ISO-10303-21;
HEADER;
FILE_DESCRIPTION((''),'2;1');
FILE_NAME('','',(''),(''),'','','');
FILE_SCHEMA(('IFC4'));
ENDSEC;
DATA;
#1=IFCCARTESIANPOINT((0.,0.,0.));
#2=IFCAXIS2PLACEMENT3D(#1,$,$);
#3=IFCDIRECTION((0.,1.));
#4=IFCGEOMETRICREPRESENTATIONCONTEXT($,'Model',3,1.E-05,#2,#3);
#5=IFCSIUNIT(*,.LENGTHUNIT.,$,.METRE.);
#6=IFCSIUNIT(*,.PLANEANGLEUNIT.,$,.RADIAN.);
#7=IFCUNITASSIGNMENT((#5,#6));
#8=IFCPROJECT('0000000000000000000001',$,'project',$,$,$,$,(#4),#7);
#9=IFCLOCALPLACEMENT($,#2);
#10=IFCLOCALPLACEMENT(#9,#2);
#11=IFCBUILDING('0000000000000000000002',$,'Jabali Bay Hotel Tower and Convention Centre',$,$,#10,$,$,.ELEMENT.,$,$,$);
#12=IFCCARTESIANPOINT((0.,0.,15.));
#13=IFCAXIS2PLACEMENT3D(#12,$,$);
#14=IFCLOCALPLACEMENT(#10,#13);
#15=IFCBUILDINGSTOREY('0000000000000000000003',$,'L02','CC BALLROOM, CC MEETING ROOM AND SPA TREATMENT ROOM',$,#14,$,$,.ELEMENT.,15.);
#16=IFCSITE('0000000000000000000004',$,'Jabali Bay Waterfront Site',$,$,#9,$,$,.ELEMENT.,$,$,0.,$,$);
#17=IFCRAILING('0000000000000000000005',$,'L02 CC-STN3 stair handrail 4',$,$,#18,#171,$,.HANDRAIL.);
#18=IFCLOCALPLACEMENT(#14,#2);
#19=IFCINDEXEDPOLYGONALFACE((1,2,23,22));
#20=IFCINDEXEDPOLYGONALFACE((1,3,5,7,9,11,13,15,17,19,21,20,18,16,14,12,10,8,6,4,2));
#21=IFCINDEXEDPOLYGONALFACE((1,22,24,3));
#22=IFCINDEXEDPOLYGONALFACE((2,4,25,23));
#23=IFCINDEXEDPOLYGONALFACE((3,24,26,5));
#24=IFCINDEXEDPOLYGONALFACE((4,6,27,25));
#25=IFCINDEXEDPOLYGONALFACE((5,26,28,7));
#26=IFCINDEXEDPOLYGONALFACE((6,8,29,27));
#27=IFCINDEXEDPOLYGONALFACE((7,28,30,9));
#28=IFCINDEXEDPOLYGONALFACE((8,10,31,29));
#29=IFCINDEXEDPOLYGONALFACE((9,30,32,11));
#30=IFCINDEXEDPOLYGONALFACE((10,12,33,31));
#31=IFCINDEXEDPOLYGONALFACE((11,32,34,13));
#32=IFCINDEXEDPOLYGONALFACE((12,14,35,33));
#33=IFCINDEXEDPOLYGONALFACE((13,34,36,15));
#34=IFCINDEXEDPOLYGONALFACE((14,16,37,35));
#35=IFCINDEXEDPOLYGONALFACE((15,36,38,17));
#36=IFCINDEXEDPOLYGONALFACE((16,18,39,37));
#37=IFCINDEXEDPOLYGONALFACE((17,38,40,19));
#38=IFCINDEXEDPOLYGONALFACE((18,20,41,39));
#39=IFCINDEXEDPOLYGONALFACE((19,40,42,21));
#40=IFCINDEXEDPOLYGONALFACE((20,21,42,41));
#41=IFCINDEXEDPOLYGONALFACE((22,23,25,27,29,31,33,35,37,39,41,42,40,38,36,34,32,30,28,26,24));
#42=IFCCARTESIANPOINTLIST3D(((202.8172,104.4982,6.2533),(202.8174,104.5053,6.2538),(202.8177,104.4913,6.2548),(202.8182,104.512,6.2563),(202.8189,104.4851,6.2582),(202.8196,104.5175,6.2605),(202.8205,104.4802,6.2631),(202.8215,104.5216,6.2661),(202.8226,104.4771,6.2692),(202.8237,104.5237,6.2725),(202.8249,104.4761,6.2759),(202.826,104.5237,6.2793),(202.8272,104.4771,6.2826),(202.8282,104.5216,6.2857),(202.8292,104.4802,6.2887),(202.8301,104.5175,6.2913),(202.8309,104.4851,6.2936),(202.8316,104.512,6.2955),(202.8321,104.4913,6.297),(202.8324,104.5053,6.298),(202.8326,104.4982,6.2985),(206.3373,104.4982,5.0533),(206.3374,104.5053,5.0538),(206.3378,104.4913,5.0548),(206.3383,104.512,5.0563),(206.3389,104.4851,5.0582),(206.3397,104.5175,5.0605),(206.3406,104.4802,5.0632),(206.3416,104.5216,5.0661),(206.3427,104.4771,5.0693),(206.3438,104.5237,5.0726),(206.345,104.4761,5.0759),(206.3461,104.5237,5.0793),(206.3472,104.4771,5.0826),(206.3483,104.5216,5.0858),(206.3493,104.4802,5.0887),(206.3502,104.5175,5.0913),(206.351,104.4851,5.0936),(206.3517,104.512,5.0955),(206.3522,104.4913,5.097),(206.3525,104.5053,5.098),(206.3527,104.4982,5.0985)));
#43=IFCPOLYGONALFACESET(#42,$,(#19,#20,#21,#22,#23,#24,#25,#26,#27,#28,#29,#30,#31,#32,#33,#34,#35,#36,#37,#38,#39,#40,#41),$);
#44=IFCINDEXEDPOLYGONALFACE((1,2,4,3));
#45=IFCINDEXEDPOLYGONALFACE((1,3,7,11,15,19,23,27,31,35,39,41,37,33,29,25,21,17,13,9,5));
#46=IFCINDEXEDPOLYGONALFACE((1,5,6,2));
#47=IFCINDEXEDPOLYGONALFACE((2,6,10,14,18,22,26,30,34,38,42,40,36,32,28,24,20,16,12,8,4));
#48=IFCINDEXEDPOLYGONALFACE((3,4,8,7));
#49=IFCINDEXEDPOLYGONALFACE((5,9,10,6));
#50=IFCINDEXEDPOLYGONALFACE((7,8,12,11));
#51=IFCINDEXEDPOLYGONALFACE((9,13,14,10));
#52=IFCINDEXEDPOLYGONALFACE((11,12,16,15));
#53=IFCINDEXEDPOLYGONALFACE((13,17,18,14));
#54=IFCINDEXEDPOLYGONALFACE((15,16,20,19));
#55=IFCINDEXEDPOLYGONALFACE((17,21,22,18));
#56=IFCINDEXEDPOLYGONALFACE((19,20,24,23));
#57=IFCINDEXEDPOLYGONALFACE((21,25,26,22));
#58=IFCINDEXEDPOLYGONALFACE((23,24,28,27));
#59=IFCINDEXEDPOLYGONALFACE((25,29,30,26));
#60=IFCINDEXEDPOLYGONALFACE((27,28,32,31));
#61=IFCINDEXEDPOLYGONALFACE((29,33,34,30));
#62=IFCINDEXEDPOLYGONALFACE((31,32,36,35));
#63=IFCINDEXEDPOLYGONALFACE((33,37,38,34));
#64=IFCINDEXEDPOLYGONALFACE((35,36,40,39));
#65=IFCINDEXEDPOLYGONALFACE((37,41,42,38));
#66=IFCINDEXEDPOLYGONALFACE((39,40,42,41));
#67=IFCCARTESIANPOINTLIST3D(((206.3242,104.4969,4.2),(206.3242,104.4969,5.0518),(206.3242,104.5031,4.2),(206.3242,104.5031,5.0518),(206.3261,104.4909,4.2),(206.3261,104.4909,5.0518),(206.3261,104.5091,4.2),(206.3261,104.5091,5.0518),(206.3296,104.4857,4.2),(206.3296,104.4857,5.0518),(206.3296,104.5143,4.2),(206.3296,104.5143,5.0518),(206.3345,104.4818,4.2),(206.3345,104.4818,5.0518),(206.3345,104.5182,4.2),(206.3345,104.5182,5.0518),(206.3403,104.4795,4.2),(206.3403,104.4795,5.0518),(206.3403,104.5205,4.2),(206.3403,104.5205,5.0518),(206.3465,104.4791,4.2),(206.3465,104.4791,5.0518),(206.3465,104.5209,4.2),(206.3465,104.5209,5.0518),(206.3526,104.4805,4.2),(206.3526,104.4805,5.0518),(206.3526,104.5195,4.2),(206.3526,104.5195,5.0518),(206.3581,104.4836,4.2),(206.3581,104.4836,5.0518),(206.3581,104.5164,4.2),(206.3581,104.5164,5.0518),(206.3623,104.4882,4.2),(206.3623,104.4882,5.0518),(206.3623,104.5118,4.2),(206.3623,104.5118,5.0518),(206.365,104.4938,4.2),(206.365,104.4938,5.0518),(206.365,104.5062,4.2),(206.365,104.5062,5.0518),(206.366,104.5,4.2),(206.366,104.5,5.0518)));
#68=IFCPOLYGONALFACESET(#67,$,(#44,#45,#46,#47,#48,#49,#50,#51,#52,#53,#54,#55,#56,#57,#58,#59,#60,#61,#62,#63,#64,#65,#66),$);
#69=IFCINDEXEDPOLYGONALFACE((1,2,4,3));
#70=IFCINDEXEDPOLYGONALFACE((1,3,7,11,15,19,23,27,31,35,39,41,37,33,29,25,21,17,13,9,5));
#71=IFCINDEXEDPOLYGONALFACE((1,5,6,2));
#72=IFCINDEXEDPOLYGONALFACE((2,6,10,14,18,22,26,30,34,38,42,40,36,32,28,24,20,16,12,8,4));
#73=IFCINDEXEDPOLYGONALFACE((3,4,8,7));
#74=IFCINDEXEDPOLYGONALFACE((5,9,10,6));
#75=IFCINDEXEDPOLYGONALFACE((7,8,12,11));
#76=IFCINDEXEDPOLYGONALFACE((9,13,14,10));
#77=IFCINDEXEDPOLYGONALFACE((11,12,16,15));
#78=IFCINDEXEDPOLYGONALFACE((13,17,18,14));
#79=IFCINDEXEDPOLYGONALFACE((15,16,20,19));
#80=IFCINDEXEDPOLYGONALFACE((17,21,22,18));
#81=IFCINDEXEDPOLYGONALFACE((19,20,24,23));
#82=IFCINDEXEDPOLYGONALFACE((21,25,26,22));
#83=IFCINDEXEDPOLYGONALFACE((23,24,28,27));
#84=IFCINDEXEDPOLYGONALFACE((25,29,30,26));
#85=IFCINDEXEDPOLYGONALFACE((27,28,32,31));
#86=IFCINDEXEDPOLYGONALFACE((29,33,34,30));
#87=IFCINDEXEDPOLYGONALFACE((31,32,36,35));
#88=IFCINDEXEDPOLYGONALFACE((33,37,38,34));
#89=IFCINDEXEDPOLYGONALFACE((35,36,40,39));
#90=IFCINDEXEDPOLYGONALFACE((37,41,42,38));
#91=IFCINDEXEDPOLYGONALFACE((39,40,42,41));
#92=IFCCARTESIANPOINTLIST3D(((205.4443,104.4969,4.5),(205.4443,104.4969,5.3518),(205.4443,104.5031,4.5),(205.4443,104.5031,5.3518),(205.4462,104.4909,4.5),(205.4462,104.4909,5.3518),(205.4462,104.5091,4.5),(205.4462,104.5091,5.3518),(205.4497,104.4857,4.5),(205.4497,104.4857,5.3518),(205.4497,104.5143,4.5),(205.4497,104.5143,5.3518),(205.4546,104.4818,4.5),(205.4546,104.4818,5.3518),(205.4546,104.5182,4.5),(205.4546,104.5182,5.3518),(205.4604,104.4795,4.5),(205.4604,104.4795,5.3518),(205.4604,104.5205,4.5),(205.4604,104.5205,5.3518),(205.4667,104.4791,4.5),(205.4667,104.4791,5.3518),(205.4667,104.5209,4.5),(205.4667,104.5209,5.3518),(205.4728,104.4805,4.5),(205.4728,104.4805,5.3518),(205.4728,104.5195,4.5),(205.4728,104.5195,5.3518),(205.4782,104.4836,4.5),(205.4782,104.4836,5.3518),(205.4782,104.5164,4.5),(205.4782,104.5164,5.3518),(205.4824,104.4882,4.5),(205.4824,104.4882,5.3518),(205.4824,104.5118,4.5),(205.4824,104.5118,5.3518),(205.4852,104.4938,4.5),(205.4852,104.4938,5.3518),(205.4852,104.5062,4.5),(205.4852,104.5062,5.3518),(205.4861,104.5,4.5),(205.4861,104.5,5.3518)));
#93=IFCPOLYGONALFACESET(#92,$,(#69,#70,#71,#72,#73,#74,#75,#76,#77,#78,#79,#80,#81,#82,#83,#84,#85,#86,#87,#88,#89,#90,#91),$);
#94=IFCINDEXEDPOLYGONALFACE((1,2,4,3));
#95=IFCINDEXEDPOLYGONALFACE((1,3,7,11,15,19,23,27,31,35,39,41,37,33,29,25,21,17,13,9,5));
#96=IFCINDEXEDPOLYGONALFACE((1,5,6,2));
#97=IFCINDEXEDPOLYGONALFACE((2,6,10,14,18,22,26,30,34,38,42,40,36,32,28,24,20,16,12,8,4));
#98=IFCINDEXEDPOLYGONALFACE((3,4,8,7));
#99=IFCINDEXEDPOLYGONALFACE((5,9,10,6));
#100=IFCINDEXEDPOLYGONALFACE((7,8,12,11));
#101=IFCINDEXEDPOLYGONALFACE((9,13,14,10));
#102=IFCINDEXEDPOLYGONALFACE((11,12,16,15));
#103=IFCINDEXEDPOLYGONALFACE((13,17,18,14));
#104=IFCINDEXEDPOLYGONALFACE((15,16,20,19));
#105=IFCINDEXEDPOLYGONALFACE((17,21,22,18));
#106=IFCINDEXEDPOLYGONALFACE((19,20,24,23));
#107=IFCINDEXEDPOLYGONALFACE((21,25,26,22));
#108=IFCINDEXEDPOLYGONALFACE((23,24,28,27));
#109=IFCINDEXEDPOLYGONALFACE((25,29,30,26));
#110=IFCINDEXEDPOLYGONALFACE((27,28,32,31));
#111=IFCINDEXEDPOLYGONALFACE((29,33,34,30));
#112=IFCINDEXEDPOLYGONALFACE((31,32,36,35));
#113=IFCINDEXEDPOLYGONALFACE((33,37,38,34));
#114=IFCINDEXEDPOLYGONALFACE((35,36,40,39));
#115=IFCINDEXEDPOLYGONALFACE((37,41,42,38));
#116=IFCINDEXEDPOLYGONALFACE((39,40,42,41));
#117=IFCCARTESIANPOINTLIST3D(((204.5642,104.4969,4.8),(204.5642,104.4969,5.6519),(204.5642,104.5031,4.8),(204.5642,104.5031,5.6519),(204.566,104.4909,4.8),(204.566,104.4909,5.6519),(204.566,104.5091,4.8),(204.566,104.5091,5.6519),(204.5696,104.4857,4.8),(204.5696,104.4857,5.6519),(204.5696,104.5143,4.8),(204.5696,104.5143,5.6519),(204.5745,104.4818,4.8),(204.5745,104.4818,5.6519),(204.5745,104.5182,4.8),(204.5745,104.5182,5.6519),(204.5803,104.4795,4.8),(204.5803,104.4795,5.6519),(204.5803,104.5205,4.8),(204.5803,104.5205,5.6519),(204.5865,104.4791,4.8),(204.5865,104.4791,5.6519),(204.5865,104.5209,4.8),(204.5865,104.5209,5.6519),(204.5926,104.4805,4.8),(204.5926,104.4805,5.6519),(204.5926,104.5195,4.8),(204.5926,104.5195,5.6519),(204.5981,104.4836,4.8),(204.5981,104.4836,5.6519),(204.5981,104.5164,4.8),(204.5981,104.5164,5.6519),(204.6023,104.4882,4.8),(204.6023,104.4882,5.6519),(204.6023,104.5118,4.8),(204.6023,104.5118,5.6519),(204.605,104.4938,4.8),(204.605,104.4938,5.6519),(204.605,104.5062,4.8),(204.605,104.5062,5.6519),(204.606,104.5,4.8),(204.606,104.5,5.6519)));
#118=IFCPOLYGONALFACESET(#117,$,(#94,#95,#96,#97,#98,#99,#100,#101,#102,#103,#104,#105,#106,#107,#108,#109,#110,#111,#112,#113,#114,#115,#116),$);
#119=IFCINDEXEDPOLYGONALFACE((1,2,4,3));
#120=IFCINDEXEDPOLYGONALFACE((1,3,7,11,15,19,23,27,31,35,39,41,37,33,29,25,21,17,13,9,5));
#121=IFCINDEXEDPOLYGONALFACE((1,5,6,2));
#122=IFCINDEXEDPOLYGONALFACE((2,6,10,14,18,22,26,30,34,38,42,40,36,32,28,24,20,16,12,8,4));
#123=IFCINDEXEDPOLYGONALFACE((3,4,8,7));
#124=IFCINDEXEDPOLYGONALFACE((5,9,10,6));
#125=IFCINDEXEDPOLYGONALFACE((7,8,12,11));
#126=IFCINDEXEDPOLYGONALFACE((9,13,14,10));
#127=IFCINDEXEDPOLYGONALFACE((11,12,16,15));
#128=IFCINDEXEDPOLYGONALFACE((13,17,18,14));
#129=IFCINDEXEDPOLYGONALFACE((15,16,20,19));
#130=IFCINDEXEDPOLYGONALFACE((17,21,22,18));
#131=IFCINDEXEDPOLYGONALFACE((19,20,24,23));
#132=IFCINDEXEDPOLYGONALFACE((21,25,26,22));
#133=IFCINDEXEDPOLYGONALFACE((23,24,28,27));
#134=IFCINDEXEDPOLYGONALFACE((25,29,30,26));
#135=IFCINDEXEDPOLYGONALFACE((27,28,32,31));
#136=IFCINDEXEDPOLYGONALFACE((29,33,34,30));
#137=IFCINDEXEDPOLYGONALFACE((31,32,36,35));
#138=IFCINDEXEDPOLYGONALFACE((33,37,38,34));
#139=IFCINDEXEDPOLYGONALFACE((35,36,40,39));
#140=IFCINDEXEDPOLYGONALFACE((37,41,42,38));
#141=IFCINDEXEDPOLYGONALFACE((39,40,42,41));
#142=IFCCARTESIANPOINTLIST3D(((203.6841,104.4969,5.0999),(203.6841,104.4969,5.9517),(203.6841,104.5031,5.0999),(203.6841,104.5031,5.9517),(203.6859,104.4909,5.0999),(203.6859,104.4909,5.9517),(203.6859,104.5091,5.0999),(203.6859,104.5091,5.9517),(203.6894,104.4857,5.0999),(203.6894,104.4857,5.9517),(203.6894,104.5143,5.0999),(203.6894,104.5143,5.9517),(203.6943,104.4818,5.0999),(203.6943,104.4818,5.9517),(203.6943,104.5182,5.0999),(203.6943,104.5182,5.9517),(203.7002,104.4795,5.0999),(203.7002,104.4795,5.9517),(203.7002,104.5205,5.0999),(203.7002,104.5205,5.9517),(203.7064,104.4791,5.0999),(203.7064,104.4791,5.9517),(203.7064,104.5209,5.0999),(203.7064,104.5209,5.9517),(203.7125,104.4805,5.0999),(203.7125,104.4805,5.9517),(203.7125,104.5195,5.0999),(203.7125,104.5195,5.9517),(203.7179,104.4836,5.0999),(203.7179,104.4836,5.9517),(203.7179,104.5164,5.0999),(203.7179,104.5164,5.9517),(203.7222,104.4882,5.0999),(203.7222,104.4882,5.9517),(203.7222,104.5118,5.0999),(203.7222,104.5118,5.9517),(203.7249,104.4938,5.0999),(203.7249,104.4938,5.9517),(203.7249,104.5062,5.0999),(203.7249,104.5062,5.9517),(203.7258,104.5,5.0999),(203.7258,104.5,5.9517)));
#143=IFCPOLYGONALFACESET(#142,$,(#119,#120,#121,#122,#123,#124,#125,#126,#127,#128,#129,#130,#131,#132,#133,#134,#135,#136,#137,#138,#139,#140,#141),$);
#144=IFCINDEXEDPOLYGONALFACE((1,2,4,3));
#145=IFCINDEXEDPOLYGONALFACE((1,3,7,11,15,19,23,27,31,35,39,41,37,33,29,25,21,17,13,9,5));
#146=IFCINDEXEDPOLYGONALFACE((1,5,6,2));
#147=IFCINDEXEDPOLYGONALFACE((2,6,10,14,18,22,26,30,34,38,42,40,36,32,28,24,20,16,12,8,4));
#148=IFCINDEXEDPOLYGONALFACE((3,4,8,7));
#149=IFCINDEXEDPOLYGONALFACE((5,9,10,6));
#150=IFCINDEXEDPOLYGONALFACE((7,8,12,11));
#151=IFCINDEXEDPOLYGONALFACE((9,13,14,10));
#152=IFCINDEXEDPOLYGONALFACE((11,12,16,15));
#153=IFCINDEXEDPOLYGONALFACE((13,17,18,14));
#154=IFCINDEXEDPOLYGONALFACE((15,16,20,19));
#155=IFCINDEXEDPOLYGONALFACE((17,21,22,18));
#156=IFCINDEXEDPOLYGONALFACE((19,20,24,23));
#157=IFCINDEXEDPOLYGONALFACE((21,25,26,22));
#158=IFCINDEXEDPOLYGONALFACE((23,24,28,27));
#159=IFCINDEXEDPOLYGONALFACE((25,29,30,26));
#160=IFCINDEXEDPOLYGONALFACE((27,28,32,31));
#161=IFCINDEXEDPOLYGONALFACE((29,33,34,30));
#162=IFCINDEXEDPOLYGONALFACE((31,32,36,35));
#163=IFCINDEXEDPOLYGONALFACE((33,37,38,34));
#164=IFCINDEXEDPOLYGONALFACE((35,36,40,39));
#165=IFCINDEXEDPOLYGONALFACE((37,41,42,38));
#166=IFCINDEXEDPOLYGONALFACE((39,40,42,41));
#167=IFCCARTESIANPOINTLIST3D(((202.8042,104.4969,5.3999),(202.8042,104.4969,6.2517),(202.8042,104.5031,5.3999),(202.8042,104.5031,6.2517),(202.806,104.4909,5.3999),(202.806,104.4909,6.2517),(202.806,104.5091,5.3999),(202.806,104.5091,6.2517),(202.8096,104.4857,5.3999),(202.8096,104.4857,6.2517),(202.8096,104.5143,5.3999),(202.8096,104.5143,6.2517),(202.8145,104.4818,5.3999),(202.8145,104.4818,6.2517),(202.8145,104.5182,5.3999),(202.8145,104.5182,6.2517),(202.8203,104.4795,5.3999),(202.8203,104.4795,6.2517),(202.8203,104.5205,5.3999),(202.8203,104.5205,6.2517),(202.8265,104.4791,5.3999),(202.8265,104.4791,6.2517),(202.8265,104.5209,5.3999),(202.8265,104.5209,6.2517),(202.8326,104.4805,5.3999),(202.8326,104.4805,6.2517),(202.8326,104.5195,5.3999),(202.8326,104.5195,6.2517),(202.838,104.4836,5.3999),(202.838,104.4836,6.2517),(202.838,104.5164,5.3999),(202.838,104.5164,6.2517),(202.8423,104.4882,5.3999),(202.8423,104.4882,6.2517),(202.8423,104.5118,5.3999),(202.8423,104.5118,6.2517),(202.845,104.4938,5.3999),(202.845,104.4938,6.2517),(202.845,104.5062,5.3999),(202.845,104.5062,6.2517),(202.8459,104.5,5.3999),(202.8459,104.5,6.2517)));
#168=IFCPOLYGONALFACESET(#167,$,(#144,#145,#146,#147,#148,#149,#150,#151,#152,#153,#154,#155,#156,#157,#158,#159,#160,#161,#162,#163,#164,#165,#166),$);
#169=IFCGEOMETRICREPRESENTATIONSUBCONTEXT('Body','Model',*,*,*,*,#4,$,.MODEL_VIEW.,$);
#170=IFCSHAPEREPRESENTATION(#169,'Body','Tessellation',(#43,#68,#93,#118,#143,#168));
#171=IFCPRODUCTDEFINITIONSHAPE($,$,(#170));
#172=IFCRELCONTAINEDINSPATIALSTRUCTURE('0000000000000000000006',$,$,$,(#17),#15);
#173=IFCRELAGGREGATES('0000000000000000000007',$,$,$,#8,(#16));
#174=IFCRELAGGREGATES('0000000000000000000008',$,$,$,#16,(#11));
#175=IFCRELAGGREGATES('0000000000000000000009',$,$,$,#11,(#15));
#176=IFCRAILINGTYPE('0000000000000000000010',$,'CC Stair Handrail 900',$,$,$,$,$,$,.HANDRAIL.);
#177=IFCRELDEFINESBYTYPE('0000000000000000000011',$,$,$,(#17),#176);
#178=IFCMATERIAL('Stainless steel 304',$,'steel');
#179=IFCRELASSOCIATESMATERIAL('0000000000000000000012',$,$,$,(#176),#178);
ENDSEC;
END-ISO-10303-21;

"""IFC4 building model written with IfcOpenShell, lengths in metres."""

from ifc_helpers import new_model, si_unit, direction, frame, origin, origin_2d, place, context, subcontext, project, spatial, circle, extrude, material, type_object, element, save


model = new_model("IFC4")

# Units and contexts
model_context = context("Model", 3, precision=1e-05, world=origin(), true_north=direction((0.0, 1.0)))
body_context = subcontext(model_context, "Body", "Model", "MODEL_VIEW")
ifc_project = project(units=[si_unit("LENGTHUNIT", "METRE"), si_unit("PLANEANGLEUNIT", "RADIAN")], contexts=[model_context])

# Site, building, storey
site_placement = place(None, origin())
site = spatial("IfcSite", under=ifc_project, at=site_placement, Name="Jabali Bay Waterfront Site", CompositionType="ELEMENT", RefElevation=0.0)
building_placement = place(site_placement, origin())
building = spatial("IfcBuilding", under=site, at=building_placement, Name="Jabali Bay Hotel Tower and Convention Centre", CompositionType="ELEMENT")
storey_placement = place(building_placement, frame((0.0, 0.0, 15.0)))
storey = spatial("IfcBuildingStorey", under=building, at=storey_placement, Name="L02", Description="CC BALLROOM, CC MEETING ROOM AND SPA TREATMENT ROOM", CompositionType="ELEMENT", Elevation=15.0)

# Railing
ifc_material_1 = material(Name="Stainless steel 304", Category="steel")
railing_type_1 = type_object("IfcRailingType", Name="CC Stair Handrail 900", PredefinedType="HANDRAIL", material=ifc_material_1)
for number, where, name in (
    (1, (206.345, 104.5, 4.2), "L02 CC-STN3 stair handrail 4"),
):
    element("IfcRailing", number, at=place(storey_placement, frame(where)), inside=storey, type_object=railing_type_1, Name=name, PredefinedType="HANDRAIL", context=body_context, shape_type="SweptSolid", body=[
        extrude(circle(Radius=0.0239, at=origin_2d()), frame((0.0, 0.0, 0.876), z_axis=(-0.946515, 0.0, 0.322661), x_axis=(0.0, -1.0, 0.0)), (0.0, 0.0, 1.0), 3.719),
        extrude(circle(Radius=0.021, at=origin_2d()), origin(), (0.0, 0.0, 1.0), 0.8518),
        extrude(circle(Radius=0.021, at=origin_2d()), frame((-0.8799, 0.0, 0.3)), (0.0, 0.0, 1.0), 0.8518),
        extrude(circle(Radius=0.021, at=origin_2d()), frame((-1.76, 0.0, 0.6001)), (0.0, 0.0, 1.0), 0.8518),
        extrude(circle(Radius=0.021, at=origin_2d()), frame((-2.6401, 0.0, 0.8999)), (0.0, 0.0, 1.0), 0.8518),
        extrude(circle(Radius=0.021, at=origin_2d()), frame((-3.52, 0.0, 1.2)), (0.0, 0.0, 1.0), 0.8518),
    ])

save(model, "model.ifc")
